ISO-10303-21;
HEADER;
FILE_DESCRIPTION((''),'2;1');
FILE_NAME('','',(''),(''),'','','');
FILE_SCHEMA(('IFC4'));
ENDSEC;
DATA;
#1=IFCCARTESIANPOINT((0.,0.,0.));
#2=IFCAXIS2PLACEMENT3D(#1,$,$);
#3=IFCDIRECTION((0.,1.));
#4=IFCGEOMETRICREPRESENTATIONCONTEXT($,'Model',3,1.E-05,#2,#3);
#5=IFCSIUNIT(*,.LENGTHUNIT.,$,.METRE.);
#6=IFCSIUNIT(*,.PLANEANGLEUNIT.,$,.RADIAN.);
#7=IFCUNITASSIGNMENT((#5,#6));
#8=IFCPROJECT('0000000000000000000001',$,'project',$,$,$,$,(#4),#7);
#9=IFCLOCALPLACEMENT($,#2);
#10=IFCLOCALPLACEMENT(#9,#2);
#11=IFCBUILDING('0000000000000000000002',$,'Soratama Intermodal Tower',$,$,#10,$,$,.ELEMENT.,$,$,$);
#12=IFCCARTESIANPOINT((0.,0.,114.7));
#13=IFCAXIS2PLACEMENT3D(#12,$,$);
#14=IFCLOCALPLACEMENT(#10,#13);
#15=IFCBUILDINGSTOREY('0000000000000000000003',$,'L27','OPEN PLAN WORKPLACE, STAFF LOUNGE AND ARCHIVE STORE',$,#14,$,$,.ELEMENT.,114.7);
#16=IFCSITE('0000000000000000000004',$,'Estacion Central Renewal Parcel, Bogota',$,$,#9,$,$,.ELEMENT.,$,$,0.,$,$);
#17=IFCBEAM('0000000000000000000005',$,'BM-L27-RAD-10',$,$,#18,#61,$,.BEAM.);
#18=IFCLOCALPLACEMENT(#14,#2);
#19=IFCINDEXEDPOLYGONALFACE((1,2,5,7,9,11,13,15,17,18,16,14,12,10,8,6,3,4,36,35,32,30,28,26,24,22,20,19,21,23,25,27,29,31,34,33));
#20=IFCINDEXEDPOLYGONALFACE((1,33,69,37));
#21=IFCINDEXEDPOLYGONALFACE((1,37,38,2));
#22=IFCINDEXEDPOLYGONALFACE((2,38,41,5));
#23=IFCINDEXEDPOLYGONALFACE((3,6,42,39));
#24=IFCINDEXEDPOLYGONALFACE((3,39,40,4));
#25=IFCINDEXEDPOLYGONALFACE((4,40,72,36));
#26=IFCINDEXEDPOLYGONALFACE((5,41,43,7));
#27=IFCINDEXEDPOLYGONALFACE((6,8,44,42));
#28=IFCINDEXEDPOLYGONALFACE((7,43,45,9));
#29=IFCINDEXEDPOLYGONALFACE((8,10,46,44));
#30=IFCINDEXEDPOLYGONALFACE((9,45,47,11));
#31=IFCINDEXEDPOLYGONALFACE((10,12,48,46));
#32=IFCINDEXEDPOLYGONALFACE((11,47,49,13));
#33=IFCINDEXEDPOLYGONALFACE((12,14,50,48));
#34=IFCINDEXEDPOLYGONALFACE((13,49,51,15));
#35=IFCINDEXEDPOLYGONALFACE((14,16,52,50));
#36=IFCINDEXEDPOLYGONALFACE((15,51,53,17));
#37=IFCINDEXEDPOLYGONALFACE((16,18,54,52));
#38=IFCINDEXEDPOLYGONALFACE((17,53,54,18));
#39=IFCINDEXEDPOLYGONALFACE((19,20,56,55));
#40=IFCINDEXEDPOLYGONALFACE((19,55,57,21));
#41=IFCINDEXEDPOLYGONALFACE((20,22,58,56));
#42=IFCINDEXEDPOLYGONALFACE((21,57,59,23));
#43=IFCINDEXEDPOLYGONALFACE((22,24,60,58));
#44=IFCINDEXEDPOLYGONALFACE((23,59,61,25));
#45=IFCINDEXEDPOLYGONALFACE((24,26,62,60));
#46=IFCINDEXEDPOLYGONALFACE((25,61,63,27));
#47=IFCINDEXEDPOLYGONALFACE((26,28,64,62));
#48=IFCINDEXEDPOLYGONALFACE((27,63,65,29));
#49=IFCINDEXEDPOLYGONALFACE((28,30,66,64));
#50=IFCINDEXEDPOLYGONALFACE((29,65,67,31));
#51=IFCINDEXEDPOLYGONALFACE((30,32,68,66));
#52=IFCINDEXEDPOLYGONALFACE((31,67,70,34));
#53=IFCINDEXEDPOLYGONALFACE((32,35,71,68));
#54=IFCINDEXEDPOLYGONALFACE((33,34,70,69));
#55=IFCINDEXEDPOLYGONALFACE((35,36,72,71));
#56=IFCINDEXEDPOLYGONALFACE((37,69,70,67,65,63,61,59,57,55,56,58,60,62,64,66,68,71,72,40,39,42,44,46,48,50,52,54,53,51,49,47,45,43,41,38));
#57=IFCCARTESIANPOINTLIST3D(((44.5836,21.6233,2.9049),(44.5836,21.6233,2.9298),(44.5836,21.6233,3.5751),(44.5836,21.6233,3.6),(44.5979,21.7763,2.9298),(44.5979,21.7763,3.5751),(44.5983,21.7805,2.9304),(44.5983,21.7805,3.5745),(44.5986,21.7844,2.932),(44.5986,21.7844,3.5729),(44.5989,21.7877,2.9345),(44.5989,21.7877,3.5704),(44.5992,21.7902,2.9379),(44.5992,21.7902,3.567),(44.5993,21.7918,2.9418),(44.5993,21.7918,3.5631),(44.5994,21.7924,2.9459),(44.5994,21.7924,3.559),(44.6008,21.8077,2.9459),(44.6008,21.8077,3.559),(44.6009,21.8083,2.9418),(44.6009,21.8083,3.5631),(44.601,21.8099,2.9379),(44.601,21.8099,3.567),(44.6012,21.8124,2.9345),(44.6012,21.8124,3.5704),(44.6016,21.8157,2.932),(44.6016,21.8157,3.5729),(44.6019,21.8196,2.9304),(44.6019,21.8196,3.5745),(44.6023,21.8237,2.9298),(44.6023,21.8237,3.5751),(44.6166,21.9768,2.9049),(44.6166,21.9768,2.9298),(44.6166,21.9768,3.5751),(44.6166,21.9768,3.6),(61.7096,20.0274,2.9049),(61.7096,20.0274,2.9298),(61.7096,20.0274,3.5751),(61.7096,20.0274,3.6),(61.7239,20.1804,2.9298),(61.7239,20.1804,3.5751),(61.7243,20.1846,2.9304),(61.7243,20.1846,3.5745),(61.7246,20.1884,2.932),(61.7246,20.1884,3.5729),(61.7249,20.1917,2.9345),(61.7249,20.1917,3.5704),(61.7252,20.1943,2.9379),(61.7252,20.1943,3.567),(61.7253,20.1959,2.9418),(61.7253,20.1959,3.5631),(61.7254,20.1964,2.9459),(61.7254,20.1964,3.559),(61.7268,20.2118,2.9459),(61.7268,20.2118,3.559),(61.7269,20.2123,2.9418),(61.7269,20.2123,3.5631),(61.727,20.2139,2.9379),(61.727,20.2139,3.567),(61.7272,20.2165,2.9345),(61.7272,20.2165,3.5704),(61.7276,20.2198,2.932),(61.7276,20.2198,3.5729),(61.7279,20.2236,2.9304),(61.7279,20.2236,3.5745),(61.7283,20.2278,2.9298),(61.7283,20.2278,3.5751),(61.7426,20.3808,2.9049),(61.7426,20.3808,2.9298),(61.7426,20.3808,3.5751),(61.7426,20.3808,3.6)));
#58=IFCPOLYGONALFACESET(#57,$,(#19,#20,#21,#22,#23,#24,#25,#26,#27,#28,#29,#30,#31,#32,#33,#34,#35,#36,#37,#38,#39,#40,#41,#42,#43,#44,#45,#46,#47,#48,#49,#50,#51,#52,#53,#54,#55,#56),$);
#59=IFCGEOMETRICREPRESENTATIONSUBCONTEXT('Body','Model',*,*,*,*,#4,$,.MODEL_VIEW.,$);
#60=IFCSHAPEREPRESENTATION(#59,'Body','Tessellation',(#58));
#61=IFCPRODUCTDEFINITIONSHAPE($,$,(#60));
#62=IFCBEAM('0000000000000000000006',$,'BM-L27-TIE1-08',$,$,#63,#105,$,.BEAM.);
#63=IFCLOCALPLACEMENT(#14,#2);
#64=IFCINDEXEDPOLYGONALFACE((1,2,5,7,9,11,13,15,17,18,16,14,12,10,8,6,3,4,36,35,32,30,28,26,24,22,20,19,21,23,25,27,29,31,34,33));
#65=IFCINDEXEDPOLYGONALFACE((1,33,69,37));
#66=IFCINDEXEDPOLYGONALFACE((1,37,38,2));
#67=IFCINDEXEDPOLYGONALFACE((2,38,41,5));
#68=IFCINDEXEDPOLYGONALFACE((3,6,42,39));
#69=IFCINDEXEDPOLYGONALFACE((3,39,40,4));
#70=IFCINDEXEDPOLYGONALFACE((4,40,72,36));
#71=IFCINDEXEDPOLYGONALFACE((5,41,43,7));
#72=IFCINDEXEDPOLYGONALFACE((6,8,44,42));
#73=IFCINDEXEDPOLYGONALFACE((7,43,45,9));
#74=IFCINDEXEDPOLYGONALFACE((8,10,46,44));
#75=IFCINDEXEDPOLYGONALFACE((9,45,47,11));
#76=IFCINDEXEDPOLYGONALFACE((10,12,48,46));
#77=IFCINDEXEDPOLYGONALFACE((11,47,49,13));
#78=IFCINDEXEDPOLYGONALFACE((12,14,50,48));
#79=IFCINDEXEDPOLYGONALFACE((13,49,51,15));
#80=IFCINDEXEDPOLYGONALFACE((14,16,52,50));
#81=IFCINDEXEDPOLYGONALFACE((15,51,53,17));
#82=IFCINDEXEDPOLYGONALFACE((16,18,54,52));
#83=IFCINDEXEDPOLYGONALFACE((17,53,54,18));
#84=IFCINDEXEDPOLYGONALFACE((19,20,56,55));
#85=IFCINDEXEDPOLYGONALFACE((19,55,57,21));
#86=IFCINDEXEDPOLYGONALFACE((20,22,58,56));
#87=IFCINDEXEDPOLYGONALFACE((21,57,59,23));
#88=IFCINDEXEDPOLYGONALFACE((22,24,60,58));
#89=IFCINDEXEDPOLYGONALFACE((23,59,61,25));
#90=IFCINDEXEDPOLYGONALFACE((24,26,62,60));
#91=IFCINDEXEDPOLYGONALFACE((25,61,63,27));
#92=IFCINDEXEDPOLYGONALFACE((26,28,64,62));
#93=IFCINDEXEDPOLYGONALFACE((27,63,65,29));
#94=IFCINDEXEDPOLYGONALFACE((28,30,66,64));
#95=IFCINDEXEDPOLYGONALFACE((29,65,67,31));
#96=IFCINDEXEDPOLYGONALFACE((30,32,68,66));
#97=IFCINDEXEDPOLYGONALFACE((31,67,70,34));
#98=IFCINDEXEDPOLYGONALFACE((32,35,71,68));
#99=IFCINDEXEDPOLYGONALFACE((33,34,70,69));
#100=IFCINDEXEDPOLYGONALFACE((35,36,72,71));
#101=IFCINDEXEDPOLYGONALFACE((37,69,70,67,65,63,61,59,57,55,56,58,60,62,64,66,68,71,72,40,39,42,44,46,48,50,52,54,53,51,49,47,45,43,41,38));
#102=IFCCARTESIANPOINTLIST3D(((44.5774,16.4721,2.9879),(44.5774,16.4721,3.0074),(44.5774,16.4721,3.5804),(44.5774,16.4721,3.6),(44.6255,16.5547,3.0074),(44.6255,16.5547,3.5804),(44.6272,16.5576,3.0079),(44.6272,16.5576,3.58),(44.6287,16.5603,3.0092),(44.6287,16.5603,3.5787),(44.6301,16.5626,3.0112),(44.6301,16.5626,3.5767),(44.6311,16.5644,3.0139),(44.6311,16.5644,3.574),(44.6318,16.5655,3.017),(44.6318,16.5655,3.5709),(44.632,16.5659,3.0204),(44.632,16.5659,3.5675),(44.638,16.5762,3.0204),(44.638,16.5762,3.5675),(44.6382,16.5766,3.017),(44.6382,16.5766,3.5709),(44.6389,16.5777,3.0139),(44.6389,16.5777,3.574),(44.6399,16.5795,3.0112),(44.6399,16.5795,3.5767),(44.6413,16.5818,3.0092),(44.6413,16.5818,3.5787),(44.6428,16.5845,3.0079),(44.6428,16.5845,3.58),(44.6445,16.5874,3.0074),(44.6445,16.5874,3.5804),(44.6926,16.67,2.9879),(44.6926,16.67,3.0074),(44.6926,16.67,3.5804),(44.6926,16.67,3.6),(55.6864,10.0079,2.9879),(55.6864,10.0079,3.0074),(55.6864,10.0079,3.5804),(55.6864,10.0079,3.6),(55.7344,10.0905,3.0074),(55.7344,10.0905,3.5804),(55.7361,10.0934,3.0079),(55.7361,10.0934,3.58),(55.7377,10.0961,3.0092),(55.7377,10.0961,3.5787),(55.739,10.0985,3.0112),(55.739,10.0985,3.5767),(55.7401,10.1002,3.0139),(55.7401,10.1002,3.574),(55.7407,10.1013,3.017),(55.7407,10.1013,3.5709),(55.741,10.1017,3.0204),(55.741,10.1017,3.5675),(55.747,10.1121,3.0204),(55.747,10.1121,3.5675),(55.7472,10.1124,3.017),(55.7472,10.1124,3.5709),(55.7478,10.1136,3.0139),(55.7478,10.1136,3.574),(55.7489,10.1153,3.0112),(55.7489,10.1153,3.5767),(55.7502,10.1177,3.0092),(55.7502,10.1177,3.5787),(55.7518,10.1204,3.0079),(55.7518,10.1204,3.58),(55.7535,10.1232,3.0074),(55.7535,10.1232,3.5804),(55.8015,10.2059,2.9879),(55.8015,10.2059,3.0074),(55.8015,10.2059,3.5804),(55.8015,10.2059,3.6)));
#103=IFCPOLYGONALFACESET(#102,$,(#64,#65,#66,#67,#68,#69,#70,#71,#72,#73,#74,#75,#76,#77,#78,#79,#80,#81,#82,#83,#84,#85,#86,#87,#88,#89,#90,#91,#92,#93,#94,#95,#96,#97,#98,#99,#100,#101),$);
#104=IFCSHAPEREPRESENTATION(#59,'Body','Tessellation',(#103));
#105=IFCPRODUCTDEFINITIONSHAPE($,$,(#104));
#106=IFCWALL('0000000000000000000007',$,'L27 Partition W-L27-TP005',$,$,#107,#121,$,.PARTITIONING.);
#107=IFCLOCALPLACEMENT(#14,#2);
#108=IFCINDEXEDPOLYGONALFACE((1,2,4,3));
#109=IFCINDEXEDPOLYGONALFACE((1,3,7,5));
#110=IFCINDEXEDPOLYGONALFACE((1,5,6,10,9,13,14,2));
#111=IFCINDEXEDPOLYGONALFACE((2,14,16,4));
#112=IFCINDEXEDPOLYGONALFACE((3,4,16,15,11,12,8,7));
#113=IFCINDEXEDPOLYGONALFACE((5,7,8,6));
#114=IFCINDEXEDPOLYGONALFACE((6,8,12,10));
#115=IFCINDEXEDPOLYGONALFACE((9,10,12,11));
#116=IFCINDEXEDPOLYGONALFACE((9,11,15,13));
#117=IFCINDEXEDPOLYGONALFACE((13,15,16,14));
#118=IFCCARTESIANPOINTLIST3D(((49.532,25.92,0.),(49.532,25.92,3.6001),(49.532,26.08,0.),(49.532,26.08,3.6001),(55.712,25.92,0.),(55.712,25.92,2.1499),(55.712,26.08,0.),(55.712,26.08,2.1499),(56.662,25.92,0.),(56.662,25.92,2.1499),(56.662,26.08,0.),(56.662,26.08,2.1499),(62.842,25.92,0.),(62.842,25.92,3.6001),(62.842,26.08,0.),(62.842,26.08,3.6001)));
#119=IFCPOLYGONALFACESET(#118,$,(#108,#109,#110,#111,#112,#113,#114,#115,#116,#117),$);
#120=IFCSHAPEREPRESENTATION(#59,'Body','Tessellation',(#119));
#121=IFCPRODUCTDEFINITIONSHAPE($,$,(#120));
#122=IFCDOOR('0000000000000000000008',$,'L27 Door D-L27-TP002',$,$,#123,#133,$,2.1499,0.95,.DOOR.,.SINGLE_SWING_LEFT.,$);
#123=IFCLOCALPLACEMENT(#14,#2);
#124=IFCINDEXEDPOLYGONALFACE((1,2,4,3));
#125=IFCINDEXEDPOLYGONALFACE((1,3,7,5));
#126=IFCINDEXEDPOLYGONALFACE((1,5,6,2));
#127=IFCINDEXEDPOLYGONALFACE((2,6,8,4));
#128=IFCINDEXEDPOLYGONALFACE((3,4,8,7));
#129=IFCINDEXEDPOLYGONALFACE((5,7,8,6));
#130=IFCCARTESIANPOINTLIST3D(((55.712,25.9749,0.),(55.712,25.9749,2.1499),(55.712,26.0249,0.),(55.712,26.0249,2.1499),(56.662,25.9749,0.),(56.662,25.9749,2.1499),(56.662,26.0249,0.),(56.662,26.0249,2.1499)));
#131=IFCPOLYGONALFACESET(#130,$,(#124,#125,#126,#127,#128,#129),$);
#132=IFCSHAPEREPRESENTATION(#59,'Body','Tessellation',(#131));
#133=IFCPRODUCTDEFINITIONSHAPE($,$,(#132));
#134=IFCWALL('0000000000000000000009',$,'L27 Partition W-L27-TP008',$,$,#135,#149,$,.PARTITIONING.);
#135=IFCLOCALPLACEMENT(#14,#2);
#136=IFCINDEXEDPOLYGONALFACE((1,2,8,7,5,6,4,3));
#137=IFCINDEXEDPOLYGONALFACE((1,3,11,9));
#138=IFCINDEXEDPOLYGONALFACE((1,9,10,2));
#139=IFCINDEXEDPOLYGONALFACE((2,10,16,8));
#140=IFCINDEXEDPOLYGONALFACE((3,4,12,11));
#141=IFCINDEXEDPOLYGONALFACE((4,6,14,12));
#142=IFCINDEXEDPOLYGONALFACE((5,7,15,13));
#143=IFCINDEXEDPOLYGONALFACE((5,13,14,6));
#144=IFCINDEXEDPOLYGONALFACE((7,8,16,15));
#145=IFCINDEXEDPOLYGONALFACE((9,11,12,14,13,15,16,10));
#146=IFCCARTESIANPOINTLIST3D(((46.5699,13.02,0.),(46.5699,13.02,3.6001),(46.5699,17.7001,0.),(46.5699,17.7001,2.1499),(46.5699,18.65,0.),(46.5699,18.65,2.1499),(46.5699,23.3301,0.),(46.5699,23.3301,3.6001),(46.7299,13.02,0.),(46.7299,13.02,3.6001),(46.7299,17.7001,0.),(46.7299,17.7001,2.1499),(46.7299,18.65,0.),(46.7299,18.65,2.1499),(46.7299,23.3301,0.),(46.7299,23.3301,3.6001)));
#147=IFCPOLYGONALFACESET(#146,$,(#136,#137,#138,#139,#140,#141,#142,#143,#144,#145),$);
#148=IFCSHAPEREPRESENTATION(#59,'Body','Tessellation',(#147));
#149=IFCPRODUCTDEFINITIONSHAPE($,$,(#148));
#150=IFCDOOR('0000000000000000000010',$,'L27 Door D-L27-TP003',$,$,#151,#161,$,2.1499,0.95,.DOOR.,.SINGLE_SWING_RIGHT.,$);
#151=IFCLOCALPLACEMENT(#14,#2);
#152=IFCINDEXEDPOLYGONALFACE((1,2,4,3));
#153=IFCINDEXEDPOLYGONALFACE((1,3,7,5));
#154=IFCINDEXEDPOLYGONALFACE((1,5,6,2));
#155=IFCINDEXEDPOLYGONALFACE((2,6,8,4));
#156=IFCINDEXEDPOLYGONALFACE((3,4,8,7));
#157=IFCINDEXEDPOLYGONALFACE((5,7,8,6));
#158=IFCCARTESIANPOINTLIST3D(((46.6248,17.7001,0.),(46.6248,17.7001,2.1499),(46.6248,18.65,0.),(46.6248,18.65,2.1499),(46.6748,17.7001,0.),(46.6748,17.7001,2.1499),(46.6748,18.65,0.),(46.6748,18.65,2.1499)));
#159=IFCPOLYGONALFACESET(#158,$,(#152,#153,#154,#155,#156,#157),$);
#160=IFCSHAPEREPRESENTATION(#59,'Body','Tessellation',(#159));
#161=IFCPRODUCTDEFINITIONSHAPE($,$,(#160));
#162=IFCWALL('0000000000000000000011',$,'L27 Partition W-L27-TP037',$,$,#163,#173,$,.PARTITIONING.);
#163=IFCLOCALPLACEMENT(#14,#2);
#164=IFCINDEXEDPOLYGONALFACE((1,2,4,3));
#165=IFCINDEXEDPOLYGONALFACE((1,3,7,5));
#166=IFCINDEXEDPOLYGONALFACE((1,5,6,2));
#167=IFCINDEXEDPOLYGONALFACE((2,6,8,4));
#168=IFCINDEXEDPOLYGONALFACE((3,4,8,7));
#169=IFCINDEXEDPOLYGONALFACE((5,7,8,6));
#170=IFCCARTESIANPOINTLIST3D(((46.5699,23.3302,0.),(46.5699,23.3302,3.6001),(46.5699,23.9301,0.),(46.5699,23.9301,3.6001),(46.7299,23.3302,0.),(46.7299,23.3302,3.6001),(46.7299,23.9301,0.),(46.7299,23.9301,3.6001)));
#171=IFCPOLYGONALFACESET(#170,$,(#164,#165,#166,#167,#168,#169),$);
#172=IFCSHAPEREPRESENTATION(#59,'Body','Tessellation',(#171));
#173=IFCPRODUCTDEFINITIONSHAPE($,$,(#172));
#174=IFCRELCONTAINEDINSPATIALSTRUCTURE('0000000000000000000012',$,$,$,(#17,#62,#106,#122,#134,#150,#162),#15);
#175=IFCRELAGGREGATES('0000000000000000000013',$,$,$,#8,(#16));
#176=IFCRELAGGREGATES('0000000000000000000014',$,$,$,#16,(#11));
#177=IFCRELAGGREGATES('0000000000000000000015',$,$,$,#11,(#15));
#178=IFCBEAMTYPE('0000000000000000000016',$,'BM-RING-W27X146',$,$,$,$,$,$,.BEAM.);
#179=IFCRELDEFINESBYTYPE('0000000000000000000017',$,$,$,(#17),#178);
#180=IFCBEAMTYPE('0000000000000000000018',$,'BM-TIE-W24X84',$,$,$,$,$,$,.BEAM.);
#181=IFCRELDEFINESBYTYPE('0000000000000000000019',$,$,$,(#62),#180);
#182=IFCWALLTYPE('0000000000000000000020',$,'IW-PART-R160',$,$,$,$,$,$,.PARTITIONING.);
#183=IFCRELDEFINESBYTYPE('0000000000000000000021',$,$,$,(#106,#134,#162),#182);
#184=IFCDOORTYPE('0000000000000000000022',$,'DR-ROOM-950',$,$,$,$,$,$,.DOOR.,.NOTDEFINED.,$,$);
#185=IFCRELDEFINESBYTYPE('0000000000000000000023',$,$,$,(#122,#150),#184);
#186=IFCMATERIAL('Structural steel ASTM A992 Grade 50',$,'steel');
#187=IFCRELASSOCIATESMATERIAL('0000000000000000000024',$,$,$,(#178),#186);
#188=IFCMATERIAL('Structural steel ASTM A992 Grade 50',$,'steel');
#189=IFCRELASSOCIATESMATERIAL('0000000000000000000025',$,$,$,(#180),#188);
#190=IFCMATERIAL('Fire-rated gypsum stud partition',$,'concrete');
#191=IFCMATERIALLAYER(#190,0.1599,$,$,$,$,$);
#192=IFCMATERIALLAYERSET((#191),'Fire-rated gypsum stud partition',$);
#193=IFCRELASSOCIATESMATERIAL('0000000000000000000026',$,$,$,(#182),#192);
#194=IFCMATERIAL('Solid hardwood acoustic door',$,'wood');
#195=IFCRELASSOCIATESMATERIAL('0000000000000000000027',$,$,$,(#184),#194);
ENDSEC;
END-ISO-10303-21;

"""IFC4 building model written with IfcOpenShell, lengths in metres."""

from ifc_helpers import new_model, si_unit, direction, frame, frame_2d, origin, origin_2d, place, context, subcontext, project, spatial, rectangle, i_section, extrude, material, layer, layer_set, material_profile, profile_set, type_object, element, fill, save


model = new_model("IFC4")

# Units and contexts
model_context = context("Model", 3, precision=1e-05, world=origin(), true_north=direction((0.0, 1.0)))
body_context = subcontext(model_context, "Body", "Model", "MODEL_VIEW")
ifc_project = project(units=[si_unit("LENGTHUNIT", "METRE"), si_unit("PLANEANGLEUNIT", "RADIAN")], contexts=[model_context])

# Site, building, storey
site_placement = place(None, origin())
site = spatial("IfcSite", under=ifc_project, at=site_placement, Name="Estacion Central Renewal Parcel, Bogota", CompositionType="ELEMENT", RefElevation=0.0)
building_placement = place(site_placement, origin())
building = spatial("IfcBuilding", under=site, at=building_placement, Name="Soratama Intermodal Tower", CompositionType="ELEMENT")
storey_placement = place(building_placement, frame((0.0, 0.0, 114.7)))
storey = spatial("IfcBuildingStorey", under=building, at=storey_placement, Name="L27", Description="OPEN PLAN WORKPLACE, STAFF LOUNGE AND ARCHIVE STORE", CompositionType="ELEMENT", Elevation=114.7)

# Beams
ifc_material_1 = material(Name="Structural steel ASTM A992 Grade 50", Category="steel")
ifc_material_profile_1 = material_profile(ifc_material_1, i_section(OverallWidth=0.355, OverallDepth=0.6951, WebThickness=0.0154, FlangeThickness=0.0249, FilletRadius=0.0161, at=origin_2d()), Name="W27X146")
ifc_profile_set_1 = profile_set([ifc_material_profile_1], Name="Structural steel ASTM A992 Grade 50")
beam_type_1 = type_object("IfcBeamType", Name="BM-RING-W27X146", PredefinedType="BEAM", material=ifc_profile_set_1)
beam_1_placement = place(storey_placement, frame((44.6001, 21.8, 3.2524), z_axis=(0.995686, -0.092787, 0.0), x_axis=(0.092787, 0.995686, 0.0)))
element("IfcBeam", 1, at=beam_1_placement, inside=storey, type_object=beam_type_1, Name="BM-L27-RAD-10", PredefinedType="BEAM", context=body_context, shape_type="SweptSolid", body=[
    extrude(i_section(OverallWidth=0.355, OverallDepth=0.6951, WebThickness=0.0154, FlangeThickness=0.0249, FilletRadius=0.0161, at=origin_2d()), origin(), (0.0, 0.0, 1.0), 17.2002),
])
ifc_material_2 = material(Name="Structural steel ASTM A992 Grade 50", Category="steel")
ifc_material_profile_2 = material_profile(ifc_material_2, i_section(OverallWidth=0.229, OverallDepth=0.6121, WebThickness=0.012, FlangeThickness=0.0195, FilletRadius=0.0129, at=origin_2d()), Name="W24X84")
ifc_profile_set_2 = profile_set([ifc_material_profile_2], Name="Structural steel ASTM A992 Grade 50")
beam_type_2 = type_object("IfcBeamType", Name="BM-TIE-W24X84", PredefinedType="BEAM", material=ifc_profile_set_2)
beam_2_placement = place(storey_placement, frame((44.635, 16.571, 3.2939), z_axis=(0.864323, -0.502938, 0.0), x_axis=(0.502938, 0.864323, 0.0)))
element("IfcBeam", 2, at=beam_2_placement, inside=storey, type_object=beam_type_2, Name="BM-L27-TIE1-08", PredefinedType="BEAM", context=body_context, shape_type="SweptSolid", body=[
    extrude(i_section(OverallWidth=0.229, OverallDepth=0.6121, WebThickness=0.012, FlangeThickness=0.0195, FilletRadius=0.0129, at=origin_2d()), origin(), (0.0, 0.0, 1.0), 12.8528),
])

# Walls, openings, doors
ifc_material_3 = material(Name="Fire-rated gypsum stud partition", Category="concrete")
ifc_layer_1 = layer(ifc_material_3, 0.1599)
ifc_layer_set_1 = layer_set([ifc_layer_1], Name="Fire-rated gypsum stud partition")
wall_type_1 = type_object("IfcWallType", Name="IW-PART-R160", PredefinedType="PARTITIONING", material=ifc_layer_set_1)
wall_1_placement = place(storey_placement, frame((49.532, 26.0, 0.0), z_axis=(0.0, 0.0, 1.0), x_axis=(1.0, 0.0, 0.0)))
wall_1 = element("IfcWall", 3, at=wall_1_placement, inside=storey, type_object=wall_type_1, Name="L27 Partition W-L27-TP005", PredefinedType="PARTITIONING", context=body_context, shape_type="SweptSolid", body=[
    extrude(rectangle(XDim=13.3101, YDim=0.1599, at=frame_2d((6.655, 0.0))), origin(), (0.0, 0.0, 1.0), 3.6001),
])
opening_1_placement = place(wall_1_placement, frame((6.1799, 0.0, 0.0)))
opening_1 = element("IfcOpeningElement", 4, at=opening_1_placement, cuts=wall_1, PredefinedType="OPENING", context=body_context, shape_type="SweptSolid", body=[
    extrude(rectangle(XDim=0.95, YDim=2.1499, at=frame_2d((0.4751, 1.075))), frame((0.0, 0.0898, 0.0), z_axis=(0.0, -1.0, 0.0), x_axis=(1.0, 0.0, 0.0)), (0.0, 0.0, 1.0), 0.1799),
])
ifc_material_4 = material(Name="Solid hardwood acoustic door", Category="wood")
door_type_1 = type_object("IfcDoorType", Name="DR-ROOM-950", OperationType="NOTDEFINED", PredefinedType="DOOR", material=ifc_material_4)
door_1_placement = place(opening_1_placement, origin())
door_1 = element("IfcDoor", 5, at=door_1_placement, inside=storey, type_object=door_type_1, Name="L27 Door D-L27-TP002", OperationType="SINGLE_SWING_LEFT", OverallHeight=2.1499, OverallWidth=0.95, PredefinedType="DOOR", context=body_context, shape_type="SweptSolid", body=[
    extrude(rectangle(XDim=0.95, YDim=2.1499, at=frame_2d((0.4751, 1.075))), frame((0.0, 0.0249, 0.0), z_axis=(0.0, -1.0, 0.0), x_axis=(1.0, 0.0, 0.0)), (0.0, 0.0, 1.0), 0.05),
])
fill(opening_1, door_1)
wall_2_placement = place(storey_placement, frame((46.6499, 23.3301, 0.0), z_axis=(0.0, 0.0, 1.0), x_axis=(0.0, -1.0, 0.0)))
wall_2 = element("IfcWall", 6, at=wall_2_placement, inside=storey, type_object=wall_type_1, Name="L27 Partition W-L27-TP008", PredefinedType="PARTITIONING", context=body_context, shape_type="SweptSolid", body=[
    extrude(rectangle(XDim=10.3101, YDim=0.1599, at=frame_2d((5.155, 0.0))), origin(), (0.0, 0.0, 1.0), 3.6001),
])
opening_2_placement = place(wall_2_placement, frame((4.6799, 0.0, 0.0)))
opening_2 = element("IfcOpeningElement", 7, at=opening_2_placement, cuts=wall_2, PredefinedType="OPENING", context=body_context, shape_type="SweptSolid", body=[
    extrude(rectangle(XDim=0.95, YDim=2.1499, at=frame_2d((0.4751, 1.075))), frame((0.0, 0.0898, 0.0), z_axis=(0.0, -1.0, 0.0), x_axis=(1.0, 0.0, 0.0)), (0.0, 0.0, 1.0), 0.1799),
])
door_2_placement = place(opening_2_placement, origin())
door_2 = element("IfcDoor", 8, at=door_2_placement, inside=storey, type_object=door_type_1, Name="L27 Door D-L27-TP003", OperationType="SINGLE_SWING_RIGHT", OverallHeight=2.1499, OverallWidth=0.95, PredefinedType="DOOR", context=body_context, shape_type="SweptSolid", body=[
    extrude(rectangle(XDim=0.95, YDim=2.1499, at=frame_2d((0.4751, 1.075))), frame((0.0, 0.0249, 0.0), z_axis=(0.0, -1.0, 0.0), x_axis=(1.0, 0.0, 0.0)), (0.0, 0.0, 1.0), 0.05),
])
fill(opening_2, door_2)

# Wall
wall_3_placement = place(storey_placement, frame((46.6499, 23.9299, 0.0), z_axis=(0.0, 0.0, 1.0), x_axis=(0.0, -1.0, 0.0)))
element("IfcWall", 9, at=wall_3_placement, inside=storey, type_object=wall_type_1, Name="L27 Partition W-L27-TP037", PredefinedType="PARTITIONING", context=body_context, shape_type="SweptSolid", body=[
    extrude(rectangle(XDim=0.5999, YDim=0.1599, at=frame_2d((0.2998, 0.0))), origin(), (0.0, 0.0, 1.0), 3.6001),
])

save(model, "model.ifc")
